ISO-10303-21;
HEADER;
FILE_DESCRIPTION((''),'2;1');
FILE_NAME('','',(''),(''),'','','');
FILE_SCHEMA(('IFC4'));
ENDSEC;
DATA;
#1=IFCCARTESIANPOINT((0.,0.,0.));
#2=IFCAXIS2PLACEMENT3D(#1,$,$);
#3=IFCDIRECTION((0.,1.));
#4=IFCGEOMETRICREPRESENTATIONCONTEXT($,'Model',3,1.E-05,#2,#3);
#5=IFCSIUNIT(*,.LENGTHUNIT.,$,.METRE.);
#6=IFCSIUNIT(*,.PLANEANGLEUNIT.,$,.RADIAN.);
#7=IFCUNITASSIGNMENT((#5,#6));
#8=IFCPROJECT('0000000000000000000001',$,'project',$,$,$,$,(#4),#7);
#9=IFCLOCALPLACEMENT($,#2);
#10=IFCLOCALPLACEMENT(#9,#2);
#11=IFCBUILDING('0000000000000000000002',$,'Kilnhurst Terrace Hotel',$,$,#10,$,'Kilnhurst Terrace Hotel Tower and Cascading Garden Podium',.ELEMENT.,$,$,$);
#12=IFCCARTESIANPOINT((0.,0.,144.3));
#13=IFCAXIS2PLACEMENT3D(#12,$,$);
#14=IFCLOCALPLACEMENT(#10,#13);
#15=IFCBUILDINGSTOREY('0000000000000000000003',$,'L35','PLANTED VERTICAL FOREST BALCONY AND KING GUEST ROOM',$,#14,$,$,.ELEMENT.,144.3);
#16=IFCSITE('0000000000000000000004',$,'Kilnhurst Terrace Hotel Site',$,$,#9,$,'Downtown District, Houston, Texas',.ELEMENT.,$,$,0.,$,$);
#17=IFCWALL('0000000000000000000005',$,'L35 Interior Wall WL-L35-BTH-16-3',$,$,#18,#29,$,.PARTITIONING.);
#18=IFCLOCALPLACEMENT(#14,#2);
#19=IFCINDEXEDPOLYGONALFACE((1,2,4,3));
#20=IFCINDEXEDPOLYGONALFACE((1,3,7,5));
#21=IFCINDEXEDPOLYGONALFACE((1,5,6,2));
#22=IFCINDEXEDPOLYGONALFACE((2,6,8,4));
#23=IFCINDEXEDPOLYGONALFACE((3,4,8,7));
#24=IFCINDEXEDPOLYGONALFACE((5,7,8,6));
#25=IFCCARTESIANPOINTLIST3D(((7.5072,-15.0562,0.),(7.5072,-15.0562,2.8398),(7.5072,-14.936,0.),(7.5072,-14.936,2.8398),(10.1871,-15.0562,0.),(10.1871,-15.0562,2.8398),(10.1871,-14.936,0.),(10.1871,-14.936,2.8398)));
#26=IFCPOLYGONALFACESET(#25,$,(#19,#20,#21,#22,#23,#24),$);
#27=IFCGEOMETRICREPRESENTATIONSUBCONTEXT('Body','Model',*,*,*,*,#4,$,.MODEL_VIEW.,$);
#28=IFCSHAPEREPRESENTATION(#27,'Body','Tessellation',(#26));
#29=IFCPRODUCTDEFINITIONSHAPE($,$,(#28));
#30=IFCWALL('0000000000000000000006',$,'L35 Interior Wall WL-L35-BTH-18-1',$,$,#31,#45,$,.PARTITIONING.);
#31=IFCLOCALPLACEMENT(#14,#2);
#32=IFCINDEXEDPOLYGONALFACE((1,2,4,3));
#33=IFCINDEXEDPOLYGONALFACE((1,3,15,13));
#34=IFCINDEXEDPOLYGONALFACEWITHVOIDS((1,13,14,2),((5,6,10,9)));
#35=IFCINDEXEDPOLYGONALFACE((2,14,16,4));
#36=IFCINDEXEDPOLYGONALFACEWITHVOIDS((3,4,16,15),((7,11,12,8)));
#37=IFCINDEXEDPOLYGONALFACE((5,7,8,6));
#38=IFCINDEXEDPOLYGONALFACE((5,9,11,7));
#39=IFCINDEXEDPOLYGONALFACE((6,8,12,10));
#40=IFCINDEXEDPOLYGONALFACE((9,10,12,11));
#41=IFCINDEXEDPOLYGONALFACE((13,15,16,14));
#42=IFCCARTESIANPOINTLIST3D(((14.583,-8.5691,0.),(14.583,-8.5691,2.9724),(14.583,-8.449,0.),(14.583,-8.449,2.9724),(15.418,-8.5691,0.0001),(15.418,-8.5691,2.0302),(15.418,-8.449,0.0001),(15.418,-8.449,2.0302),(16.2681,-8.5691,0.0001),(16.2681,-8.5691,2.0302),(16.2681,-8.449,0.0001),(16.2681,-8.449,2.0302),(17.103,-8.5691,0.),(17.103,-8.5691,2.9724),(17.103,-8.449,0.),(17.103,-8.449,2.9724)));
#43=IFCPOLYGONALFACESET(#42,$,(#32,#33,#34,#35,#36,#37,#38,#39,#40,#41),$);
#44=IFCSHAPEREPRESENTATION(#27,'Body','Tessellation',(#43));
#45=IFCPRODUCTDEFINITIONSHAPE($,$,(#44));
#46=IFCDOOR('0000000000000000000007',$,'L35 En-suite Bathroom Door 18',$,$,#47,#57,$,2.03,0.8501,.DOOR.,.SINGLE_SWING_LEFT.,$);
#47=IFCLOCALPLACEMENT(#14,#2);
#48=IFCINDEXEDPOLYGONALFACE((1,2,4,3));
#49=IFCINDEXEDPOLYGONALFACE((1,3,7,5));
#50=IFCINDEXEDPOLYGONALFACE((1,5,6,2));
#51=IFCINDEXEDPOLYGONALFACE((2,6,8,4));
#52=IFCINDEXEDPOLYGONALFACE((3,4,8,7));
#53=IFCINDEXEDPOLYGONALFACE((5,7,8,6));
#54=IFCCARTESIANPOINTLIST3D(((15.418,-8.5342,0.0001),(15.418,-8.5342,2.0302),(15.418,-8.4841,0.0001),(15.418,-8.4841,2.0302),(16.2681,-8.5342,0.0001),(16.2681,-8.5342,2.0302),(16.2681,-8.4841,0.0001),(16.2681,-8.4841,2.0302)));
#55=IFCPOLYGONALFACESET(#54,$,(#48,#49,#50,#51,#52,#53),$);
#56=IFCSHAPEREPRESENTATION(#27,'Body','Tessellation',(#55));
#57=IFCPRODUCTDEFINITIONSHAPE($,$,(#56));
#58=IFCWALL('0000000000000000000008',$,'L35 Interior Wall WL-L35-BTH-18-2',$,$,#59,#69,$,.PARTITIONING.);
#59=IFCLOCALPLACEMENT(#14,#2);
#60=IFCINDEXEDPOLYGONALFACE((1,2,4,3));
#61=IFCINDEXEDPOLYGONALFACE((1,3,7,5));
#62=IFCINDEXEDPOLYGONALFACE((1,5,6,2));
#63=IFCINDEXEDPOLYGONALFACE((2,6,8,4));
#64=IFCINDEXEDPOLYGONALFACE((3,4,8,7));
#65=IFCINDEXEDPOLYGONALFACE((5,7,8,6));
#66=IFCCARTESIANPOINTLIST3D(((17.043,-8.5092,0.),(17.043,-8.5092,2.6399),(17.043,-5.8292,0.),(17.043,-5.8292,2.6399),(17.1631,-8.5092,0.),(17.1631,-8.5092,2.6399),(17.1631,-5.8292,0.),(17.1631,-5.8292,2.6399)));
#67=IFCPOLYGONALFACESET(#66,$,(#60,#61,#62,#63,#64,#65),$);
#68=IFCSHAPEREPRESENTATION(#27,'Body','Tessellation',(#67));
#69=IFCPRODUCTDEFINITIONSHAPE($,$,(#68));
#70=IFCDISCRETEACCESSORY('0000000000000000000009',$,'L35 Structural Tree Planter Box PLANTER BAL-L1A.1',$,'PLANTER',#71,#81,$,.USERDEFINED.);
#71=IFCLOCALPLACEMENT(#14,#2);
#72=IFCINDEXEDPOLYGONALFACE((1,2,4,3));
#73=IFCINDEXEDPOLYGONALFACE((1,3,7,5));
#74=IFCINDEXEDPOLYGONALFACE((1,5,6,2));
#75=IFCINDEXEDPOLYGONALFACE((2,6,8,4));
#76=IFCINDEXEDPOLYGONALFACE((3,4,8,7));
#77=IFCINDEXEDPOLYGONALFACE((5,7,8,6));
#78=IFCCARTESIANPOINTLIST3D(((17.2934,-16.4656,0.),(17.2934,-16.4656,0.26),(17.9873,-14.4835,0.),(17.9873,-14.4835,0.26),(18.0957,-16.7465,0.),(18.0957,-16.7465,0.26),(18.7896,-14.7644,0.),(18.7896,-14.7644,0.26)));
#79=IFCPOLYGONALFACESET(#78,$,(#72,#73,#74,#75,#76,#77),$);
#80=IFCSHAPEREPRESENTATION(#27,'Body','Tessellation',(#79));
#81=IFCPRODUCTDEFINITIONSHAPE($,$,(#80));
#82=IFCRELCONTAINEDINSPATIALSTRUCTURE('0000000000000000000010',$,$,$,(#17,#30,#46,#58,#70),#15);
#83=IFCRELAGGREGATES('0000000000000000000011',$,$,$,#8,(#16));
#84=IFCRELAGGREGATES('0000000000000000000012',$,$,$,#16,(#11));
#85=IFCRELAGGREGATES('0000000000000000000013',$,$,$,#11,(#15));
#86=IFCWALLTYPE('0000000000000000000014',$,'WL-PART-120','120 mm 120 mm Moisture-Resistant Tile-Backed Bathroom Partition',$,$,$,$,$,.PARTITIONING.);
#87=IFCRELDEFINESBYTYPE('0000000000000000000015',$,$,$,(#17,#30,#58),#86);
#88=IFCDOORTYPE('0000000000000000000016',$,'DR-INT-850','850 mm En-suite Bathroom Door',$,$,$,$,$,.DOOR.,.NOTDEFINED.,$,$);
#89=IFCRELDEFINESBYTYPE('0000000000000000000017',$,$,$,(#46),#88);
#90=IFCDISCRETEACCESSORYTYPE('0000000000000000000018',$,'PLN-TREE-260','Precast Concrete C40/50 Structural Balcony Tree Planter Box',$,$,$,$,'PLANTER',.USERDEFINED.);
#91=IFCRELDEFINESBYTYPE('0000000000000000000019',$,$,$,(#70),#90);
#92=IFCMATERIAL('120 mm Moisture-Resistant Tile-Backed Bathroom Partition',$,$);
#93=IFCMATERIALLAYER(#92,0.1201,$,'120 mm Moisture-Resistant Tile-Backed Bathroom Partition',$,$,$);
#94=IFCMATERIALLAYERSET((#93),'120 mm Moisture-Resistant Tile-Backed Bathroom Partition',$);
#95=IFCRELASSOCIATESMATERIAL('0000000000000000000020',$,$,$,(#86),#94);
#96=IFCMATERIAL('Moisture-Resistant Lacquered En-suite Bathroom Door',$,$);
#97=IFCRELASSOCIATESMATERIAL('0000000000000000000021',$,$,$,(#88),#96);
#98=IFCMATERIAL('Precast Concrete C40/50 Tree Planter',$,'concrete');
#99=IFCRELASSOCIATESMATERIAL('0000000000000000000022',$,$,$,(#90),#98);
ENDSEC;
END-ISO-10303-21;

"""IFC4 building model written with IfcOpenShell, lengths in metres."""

from ifc_helpers import new_model, si_unit, direction, frame, frame_2d, origin, origin_2d, place, context, subcontext, project, spatial, rectangle, extrude, material, layer, layer_set, type_object, element, fill, save


model = new_model("IFC4")

# Units and contexts
model_context = context("Model", 3, precision=1e-05, world=origin(), true_north=direction((0.0, 1.0)))
body_context = subcontext(model_context, "Body", "Model", "MODEL_VIEW")
ifc_project = project(units=[si_unit("LENGTHUNIT", "METRE"), si_unit("PLANEANGLEUNIT", "RADIAN")], contexts=[model_context])

# Site, building, storey
site_placement = place(None, origin())
site = spatial("IfcSite", under=ifc_project, at=site_placement, Name="Kilnhurst Terrace Hotel Site", LongName="Downtown District, Houston, Texas", CompositionType="ELEMENT", RefElevation=0.0)
building_placement = place(site_placement, origin())
building = spatial("IfcBuilding", under=site, at=building_placement, Name="Kilnhurst Terrace Hotel", LongName="Kilnhurst Terrace Hotel Tower and Cascading Garden Podium", CompositionType="ELEMENT")
storey_placement = place(building_placement, frame((0.0, 0.0, 144.3)))
storey = spatial("IfcBuildingStorey", under=building, at=storey_placement, Name="L35", Description="PLANTED VERTICAL FOREST BALCONY AND KING GUEST ROOM", CompositionType="ELEMENT", Elevation=144.3)

# Wall
ifc_material_1 = material(Name="120 mm Moisture-Resistant Tile-Backed Bathroom Partition")
ifc_layer_1 = layer(ifc_material_1, 0.1201, Name="120 mm Moisture-Resistant Tile-Backed Bathroom Partition")
ifc_layer_set_1 = layer_set([ifc_layer_1], Name="120 mm Moisture-Resistant Tile-Backed Bathroom Partition")
wall_type_1 = type_object("IfcWallType", Name="WL-PART-120", Description="120 mm 120 mm Moisture-Resistant Tile-Backed Bathroom Partition", PredefinedType="PARTITIONING", material=ifc_layer_set_1)
wall_1_placement = place(storey_placement, frame((10.187, -14.9961, 0.0), z_axis=(0.0, 0.0, 1.0), x_axis=(-1.0, 0.0, 0.0)))
element("IfcWall", 1, at=wall_1_placement, inside=storey, type_object=wall_type_1, Name="L35 Interior Wall WL-L35-BTH-16-3", PredefinedType="PARTITIONING", context=body_context, shape_type="SweptSolid", body=[
    extrude(rectangle(XDim=2.6799, YDim=0.1201, at=frame_2d((1.3398, 0.0))), origin(), (0.0, 0.0, 1.0), 2.8398),
])

# Wall, opening, door
wall_2_placement = place(storey_placement, frame((14.583, -8.509, 0.0), z_axis=(0.0, 0.0, 1.0), x_axis=(1.0, 0.0, 0.0)))
wall_2 = element("IfcWall", 2, at=wall_2_placement, inside=storey, type_object=wall_type_1, Name="L35 Interior Wall WL-L35-BTH-18-1", PredefinedType="PARTITIONING", context=body_context, shape_type="SweptSolid", body=[
    extrude(rectangle(XDim=2.52, YDim=0.1201, at=frame_2d((1.26, 0.0))), origin(), (0.0, 0.0, 1.0), 2.9724),
])
opening_1_placement = place(wall_2_placement, frame((0.835, 0.0, 0.0)))
opening_1 = element("IfcOpeningElement", 3, at=opening_1_placement, cuts=wall_2, PredefinedType="OPENING", context=body_context, shape_type="SweptSolid", body=[
    extrude(rectangle(XDim=0.8501, YDim=2.03, at=frame_2d((0.425, 1.0151))), frame((0.0, 0.0701, 0.0), z_axis=(0.0, -1.0, 0.0), x_axis=(1.0, 0.0, 0.0)), (0.0, 0.0, 1.0), 0.1401),
])
ifc_material_2 = material(Name="Moisture-Resistant Lacquered En-suite Bathroom Door")
door_type_1 = type_object("IfcDoorType", Name="DR-INT-850", Description="850 mm En-suite Bathroom Door", OperationType="NOTDEFINED", PredefinedType="DOOR", material=ifc_material_2)
door_1_placement = place(opening_1_placement, origin())
door_1 = element("IfcDoor", 4, at=door_1_placement, inside=storey, type_object=door_type_1, Name="L35 En-suite Bathroom Door 18", OperationType="SINGLE_SWING_LEFT", OverallHeight=2.03, OverallWidth=0.8501, PredefinedType="DOOR", context=body_context, shape_type="SweptSolid", body=[
    extrude(rectangle(XDim=0.8501, YDim=2.03, at=frame_2d((0.425, 1.0151))), frame((0.0, 0.0249, 0.0), z_axis=(0.0, -1.0, 0.0), x_axis=(1.0, 0.0, 0.0)), (0.0, 0.0, 1.0), 0.05),
])
fill(opening_1, door_1)

# Wall
wall_3_placement = place(storey_placement, frame((17.103, -8.509, 0.0), z_axis=(0.0, 0.0, 1.0), x_axis=(0.0, 1.0, 0.0)))
element("IfcWall", 5, at=wall_3_placement, inside=storey, type_object=wall_type_1, Name="L35 Interior Wall WL-L35-BTH-18-2", PredefinedType="PARTITIONING", context=body_context, shape_type="SweptSolid", body=[
    extrude(rectangle(XDim=2.6799, YDim=0.1201, at=frame_2d((1.3398, 0.0))), origin(), (0.0, 0.0, 1.0), 2.6399),
])

# Discrete accessory
ifc_material_3 = material(Name="Precast Concrete C40/50 Tree Planter", Category="concrete")
discrete_accessory_type = type_object("IfcDiscreteAccessoryType", Name="PLN-TREE-260", Description="Precast Concrete C40/50 Structural Balcony Tree Planter Box", ElementType="PLANTER", PredefinedType="USERDEFINED", material=ifc_material_3)
discrete_accessory_placement = place(storey_placement, frame((18.0415, -15.615, 0.0), z_axis=(0.0, 0.0, 1.0), x_axis=(0.330432, 0.94383, 0.0)))
element("IfcDiscreteAccessory", 6, at=discrete_accessory_placement, inside=storey, type_object=discrete_accessory_type, Name="L35 Structural Tree Planter Box PLANTER BAL-L1A.1", ObjectType="PLANTER", PredefinedType="USERDEFINED", context=body_context, shape_type="SweptSolid", body=[
    extrude(rectangle(XDim=2.1001, YDim=0.8501, at=origin_2d()), origin(), (0.0, 0.0, 1.0), 0.26),
])

save(model, "model.ifc")
